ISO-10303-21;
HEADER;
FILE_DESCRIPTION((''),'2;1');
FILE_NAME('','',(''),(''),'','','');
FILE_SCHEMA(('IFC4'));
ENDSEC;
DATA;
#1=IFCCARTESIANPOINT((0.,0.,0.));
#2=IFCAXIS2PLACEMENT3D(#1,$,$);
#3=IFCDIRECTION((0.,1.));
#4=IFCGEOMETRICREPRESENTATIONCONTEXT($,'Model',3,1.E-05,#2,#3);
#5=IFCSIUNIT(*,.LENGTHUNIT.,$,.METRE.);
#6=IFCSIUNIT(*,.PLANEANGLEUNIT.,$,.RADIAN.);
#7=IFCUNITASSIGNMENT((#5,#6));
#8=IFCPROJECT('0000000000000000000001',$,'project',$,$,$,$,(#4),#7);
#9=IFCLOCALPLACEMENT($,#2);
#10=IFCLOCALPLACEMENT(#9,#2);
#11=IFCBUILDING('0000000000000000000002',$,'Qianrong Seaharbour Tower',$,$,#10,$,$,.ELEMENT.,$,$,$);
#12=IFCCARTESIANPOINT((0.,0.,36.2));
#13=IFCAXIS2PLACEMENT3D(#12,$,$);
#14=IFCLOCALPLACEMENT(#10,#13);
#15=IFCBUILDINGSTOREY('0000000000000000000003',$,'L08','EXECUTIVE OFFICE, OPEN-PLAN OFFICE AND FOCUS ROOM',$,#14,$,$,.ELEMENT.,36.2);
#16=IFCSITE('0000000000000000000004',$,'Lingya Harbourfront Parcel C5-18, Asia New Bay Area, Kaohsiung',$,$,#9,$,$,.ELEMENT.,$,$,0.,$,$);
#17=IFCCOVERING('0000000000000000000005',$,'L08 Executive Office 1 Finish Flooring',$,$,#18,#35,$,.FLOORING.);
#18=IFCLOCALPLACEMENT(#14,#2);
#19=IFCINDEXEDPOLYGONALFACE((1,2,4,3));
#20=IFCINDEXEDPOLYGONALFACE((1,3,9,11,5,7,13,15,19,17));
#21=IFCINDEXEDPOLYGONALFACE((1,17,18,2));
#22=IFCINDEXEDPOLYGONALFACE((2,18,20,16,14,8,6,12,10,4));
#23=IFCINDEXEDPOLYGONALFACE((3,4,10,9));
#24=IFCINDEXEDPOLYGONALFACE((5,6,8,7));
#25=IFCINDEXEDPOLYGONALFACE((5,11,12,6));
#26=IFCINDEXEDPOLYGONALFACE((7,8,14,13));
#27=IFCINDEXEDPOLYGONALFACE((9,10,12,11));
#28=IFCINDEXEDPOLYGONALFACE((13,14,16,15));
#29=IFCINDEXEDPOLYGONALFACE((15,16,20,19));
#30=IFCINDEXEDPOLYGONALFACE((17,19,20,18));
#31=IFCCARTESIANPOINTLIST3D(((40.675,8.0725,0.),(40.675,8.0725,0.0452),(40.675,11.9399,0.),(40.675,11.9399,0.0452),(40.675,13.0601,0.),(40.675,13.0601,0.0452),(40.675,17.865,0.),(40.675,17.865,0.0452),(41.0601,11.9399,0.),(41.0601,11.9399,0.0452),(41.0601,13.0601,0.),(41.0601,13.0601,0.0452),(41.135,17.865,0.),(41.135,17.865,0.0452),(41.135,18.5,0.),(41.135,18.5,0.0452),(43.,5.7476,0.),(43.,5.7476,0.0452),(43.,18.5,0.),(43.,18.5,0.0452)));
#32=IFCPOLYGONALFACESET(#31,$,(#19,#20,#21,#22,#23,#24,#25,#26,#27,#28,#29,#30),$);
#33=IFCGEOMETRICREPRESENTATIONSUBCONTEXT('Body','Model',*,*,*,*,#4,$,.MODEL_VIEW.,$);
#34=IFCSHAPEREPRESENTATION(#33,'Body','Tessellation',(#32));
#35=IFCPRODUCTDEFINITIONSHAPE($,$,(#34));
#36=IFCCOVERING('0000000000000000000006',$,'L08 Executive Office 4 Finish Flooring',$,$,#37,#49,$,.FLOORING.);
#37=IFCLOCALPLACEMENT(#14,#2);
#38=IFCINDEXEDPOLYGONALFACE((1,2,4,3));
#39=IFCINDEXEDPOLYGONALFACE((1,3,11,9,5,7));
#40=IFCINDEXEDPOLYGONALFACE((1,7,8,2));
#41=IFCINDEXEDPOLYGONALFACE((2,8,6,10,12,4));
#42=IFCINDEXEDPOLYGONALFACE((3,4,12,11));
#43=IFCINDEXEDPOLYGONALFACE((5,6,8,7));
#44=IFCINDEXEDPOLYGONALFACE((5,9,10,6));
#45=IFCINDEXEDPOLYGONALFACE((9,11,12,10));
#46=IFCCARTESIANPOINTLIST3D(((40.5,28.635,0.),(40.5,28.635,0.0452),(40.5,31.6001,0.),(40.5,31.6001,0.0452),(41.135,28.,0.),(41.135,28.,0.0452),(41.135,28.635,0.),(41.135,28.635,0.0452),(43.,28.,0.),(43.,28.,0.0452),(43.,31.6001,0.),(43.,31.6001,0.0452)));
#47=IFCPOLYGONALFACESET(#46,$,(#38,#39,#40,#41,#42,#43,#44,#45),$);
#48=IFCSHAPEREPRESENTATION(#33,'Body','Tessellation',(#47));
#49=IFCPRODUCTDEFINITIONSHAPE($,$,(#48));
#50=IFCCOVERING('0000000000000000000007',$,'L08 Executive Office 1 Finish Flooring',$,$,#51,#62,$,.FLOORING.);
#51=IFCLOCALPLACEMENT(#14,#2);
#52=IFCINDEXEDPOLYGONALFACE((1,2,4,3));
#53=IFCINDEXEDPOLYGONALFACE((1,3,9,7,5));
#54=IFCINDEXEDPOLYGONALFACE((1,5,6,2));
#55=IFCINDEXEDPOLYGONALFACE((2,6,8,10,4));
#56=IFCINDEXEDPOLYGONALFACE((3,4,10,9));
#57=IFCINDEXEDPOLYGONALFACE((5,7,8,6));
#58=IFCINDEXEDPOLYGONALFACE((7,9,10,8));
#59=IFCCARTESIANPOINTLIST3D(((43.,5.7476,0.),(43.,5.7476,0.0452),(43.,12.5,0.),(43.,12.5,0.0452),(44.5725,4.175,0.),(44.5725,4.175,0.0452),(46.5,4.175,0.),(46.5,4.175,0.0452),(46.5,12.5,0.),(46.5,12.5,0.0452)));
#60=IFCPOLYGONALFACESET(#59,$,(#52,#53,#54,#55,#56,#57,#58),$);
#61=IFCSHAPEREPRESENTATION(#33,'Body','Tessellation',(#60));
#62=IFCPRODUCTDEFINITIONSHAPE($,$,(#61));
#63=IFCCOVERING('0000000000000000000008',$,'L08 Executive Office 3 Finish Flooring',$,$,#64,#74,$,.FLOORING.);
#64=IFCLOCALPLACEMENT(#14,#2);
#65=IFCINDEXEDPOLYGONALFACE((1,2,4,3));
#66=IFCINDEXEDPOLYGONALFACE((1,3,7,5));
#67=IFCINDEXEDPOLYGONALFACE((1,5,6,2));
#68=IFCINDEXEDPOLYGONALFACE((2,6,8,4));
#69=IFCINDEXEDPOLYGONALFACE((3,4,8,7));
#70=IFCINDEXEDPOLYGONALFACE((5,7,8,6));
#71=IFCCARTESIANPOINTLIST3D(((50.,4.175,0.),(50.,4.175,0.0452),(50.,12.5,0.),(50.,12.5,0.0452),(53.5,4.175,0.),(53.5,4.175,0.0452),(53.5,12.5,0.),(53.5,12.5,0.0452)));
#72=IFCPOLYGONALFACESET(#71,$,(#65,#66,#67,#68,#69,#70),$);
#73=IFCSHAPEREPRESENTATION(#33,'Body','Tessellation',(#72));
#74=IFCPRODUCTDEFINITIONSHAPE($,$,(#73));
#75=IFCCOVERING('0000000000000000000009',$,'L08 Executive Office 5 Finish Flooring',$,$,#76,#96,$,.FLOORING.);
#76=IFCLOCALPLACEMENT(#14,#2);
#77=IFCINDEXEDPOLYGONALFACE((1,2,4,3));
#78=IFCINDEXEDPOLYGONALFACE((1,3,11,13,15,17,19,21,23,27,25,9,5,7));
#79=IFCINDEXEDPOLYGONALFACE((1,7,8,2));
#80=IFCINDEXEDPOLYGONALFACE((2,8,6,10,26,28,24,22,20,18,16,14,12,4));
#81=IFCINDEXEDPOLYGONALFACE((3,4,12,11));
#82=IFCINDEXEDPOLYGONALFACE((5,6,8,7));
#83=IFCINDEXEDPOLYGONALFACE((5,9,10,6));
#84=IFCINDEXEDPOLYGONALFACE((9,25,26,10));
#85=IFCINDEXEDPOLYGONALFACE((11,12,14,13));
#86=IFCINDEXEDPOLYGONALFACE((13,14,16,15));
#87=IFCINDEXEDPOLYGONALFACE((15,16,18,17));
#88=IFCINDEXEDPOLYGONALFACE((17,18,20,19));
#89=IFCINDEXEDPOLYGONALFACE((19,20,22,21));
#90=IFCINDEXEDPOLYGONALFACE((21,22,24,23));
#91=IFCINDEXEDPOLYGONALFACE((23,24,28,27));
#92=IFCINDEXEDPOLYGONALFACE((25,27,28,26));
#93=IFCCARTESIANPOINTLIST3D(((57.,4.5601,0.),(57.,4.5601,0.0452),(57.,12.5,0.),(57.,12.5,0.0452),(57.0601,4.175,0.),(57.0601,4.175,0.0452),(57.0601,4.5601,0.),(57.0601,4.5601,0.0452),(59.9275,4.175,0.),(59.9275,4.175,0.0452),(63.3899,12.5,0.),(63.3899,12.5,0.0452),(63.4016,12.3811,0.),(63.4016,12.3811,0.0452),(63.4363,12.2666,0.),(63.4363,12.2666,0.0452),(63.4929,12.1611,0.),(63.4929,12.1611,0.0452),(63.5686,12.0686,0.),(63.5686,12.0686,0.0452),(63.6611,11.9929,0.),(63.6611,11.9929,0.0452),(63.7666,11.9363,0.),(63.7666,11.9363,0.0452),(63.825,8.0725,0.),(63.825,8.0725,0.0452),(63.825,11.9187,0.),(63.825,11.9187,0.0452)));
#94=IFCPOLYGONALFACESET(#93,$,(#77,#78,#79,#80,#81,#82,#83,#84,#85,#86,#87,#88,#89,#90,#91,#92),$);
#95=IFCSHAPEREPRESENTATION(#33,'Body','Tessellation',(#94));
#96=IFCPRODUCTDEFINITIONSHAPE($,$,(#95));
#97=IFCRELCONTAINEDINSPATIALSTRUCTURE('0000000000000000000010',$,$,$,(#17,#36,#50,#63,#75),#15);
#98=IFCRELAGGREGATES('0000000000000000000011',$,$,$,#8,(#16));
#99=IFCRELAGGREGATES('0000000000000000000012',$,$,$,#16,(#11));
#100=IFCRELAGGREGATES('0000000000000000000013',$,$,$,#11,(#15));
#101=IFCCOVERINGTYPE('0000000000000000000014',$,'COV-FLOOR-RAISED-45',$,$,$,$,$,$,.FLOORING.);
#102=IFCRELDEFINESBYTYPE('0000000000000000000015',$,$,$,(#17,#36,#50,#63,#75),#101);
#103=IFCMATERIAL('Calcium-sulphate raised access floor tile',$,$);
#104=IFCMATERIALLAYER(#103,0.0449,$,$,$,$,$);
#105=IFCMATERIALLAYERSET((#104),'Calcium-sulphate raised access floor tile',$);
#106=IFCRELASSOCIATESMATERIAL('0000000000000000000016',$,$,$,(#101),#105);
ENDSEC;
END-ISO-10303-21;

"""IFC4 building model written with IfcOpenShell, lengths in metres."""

from ifc_helpers import new_model, si_unit, direction, frame, origin, place, context, subcontext, project, spatial, polyline, outline, extrude, material, layer, layer_set, type_object, element, save


model = new_model("IFC4")

# Units and contexts
model_context = context("Model", 3, precision=1e-05, world=origin(), true_north=direction((0.0, 1.0)))
body_context = subcontext(model_context, "Body", "Model", "MODEL_VIEW")
ifc_project = project(units=[si_unit("LENGTHUNIT", "METRE"), si_unit("PLANEANGLEUNIT", "RADIAN")], contexts=[model_context])

# Site, building, storey
site_placement = place(None, origin())
site = spatial("IfcSite", under=ifc_project, at=site_placement, Name="Lingya Harbourfront Parcel C5-18, Asia New Bay Area, Kaohsiung", CompositionType="ELEMENT", RefElevation=0.0)
building_placement = place(site_placement, origin())
building = spatial("IfcBuilding", under=site, at=building_placement, Name="Qianrong Seaharbour Tower", CompositionType="ELEMENT")
storey_placement = place(building_placement, frame((0.0, 0.0, 36.2)))
storey = spatial("IfcBuildingStorey", under=building, at=storey_placement, Name="L08", Description="EXECUTIVE OFFICE, OPEN-PLAN OFFICE AND FOCUS ROOM", CompositionType="ELEMENT", Elevation=36.2)

# Coverings
ifc_material_1 = material(Name="Calcium-sulphate raised access floor tile")
ifc_layer_1 = layer(ifc_material_1, 0.0449)
ifc_layer_set_1 = layer_set([ifc_layer_1], Name="Calcium-sulphate raised access floor tile")
covering_type_1 = type_object("IfcCoveringType", Name="COV-FLOOR-RAISED-45", PredefinedType="FLOORING", material=ifc_layer_set_1)
covering_1_placement = place(storey_placement, origin())
element("IfcCovering", 1, at=covering_1_placement, inside=storey, type_object=covering_type_1, Name="L08 Executive Office 1 Finish Flooring", PredefinedType="FLOORING", context=body_context, shape_type="SweptSolid", body=[
    extrude(outline(polyline([(40.675, 8.0725), (40.675, 11.9399), (41.0601, 11.9399), (41.0601, 13.0601), (40.675, 13.0601), (40.675, 17.865), (41.135, 17.865), (41.135, 18.5), (43.0, 18.5), (43.0, 5.7476), (40.675, 8.0725)])), origin(), (0.0, 0.0, 1.0), 0.0452),
])
covering_2_placement = place(storey_placement, origin())
element("IfcCovering", 2, at=covering_2_placement, inside=storey, type_object=covering_type_1, Name="L08 Executive Office 4 Finish Flooring", PredefinedType="FLOORING", context=body_context, shape_type="SweptSolid", body=[
    extrude(outline(polyline([(43.0, 28.0), (41.135, 28.0), (41.135, 28.635), (40.5, 28.635), (40.5, 31.6001), (43.0, 31.6001), (43.0, 28.0)])), origin(), (0.0, 0.0, 1.0), 0.0452),
])
covering_3_placement = place(storey_placement, origin())
element("IfcCovering", 3, at=covering_3_placement, inside=storey, type_object=covering_type_1, Name="L08 Executive Office 1 Finish Flooring", PredefinedType="FLOORING", context=body_context, shape_type="SweptSolid", body=[
    extrude(outline(polyline([(46.5, 4.175), (44.5725, 4.175), (43.0, 5.7476), (43.0, 12.5), (46.5, 12.5), (46.5, 4.175)])), origin(), (0.0, 0.0, 1.0), 0.0452),
])
covering_4_placement = place(storey_placement, origin())
element("IfcCovering", 4, at=covering_4_placement, inside=storey, type_object=covering_type_1, Name="L08 Executive Office 3 Finish Flooring", PredefinedType="FLOORING", context=body_context, shape_type="SweptSolid", body=[
    extrude(outline(polyline([(53.5, 4.175), (50.0, 4.175), (50.0, 12.5), (53.5, 12.5), (53.5, 4.175)])), origin(), (0.0, 0.0, 1.0), 0.0452),
])
covering_5_placement = place(storey_placement, origin())
element("IfcCovering", 5, at=covering_5_placement, inside=storey, type_object=covering_type_1, Name="L08 Executive Office 5 Finish Flooring", PredefinedType="FLOORING", context=body_context, shape_type="SweptSolid", body=[
    extrude(outline(polyline([(63.825, 8.0725), (59.9275, 4.175), (57.0601, 4.175), (57.0601, 4.5601), (57.0, 4.5601), (57.0, 12.5), (63.3899, 12.5), (63.4016, 12.3811), (63.4363, 12.2666), (63.4929, 12.1611), (63.5686, 12.0686), (63.6611, 11.9929), (63.7666, 11.9363), (63.825, 11.9187), (63.825, 8.0725)])), origin(), (0.0, 0.0, 1.0), 0.0452),
])

save(model, "model.ifc")
